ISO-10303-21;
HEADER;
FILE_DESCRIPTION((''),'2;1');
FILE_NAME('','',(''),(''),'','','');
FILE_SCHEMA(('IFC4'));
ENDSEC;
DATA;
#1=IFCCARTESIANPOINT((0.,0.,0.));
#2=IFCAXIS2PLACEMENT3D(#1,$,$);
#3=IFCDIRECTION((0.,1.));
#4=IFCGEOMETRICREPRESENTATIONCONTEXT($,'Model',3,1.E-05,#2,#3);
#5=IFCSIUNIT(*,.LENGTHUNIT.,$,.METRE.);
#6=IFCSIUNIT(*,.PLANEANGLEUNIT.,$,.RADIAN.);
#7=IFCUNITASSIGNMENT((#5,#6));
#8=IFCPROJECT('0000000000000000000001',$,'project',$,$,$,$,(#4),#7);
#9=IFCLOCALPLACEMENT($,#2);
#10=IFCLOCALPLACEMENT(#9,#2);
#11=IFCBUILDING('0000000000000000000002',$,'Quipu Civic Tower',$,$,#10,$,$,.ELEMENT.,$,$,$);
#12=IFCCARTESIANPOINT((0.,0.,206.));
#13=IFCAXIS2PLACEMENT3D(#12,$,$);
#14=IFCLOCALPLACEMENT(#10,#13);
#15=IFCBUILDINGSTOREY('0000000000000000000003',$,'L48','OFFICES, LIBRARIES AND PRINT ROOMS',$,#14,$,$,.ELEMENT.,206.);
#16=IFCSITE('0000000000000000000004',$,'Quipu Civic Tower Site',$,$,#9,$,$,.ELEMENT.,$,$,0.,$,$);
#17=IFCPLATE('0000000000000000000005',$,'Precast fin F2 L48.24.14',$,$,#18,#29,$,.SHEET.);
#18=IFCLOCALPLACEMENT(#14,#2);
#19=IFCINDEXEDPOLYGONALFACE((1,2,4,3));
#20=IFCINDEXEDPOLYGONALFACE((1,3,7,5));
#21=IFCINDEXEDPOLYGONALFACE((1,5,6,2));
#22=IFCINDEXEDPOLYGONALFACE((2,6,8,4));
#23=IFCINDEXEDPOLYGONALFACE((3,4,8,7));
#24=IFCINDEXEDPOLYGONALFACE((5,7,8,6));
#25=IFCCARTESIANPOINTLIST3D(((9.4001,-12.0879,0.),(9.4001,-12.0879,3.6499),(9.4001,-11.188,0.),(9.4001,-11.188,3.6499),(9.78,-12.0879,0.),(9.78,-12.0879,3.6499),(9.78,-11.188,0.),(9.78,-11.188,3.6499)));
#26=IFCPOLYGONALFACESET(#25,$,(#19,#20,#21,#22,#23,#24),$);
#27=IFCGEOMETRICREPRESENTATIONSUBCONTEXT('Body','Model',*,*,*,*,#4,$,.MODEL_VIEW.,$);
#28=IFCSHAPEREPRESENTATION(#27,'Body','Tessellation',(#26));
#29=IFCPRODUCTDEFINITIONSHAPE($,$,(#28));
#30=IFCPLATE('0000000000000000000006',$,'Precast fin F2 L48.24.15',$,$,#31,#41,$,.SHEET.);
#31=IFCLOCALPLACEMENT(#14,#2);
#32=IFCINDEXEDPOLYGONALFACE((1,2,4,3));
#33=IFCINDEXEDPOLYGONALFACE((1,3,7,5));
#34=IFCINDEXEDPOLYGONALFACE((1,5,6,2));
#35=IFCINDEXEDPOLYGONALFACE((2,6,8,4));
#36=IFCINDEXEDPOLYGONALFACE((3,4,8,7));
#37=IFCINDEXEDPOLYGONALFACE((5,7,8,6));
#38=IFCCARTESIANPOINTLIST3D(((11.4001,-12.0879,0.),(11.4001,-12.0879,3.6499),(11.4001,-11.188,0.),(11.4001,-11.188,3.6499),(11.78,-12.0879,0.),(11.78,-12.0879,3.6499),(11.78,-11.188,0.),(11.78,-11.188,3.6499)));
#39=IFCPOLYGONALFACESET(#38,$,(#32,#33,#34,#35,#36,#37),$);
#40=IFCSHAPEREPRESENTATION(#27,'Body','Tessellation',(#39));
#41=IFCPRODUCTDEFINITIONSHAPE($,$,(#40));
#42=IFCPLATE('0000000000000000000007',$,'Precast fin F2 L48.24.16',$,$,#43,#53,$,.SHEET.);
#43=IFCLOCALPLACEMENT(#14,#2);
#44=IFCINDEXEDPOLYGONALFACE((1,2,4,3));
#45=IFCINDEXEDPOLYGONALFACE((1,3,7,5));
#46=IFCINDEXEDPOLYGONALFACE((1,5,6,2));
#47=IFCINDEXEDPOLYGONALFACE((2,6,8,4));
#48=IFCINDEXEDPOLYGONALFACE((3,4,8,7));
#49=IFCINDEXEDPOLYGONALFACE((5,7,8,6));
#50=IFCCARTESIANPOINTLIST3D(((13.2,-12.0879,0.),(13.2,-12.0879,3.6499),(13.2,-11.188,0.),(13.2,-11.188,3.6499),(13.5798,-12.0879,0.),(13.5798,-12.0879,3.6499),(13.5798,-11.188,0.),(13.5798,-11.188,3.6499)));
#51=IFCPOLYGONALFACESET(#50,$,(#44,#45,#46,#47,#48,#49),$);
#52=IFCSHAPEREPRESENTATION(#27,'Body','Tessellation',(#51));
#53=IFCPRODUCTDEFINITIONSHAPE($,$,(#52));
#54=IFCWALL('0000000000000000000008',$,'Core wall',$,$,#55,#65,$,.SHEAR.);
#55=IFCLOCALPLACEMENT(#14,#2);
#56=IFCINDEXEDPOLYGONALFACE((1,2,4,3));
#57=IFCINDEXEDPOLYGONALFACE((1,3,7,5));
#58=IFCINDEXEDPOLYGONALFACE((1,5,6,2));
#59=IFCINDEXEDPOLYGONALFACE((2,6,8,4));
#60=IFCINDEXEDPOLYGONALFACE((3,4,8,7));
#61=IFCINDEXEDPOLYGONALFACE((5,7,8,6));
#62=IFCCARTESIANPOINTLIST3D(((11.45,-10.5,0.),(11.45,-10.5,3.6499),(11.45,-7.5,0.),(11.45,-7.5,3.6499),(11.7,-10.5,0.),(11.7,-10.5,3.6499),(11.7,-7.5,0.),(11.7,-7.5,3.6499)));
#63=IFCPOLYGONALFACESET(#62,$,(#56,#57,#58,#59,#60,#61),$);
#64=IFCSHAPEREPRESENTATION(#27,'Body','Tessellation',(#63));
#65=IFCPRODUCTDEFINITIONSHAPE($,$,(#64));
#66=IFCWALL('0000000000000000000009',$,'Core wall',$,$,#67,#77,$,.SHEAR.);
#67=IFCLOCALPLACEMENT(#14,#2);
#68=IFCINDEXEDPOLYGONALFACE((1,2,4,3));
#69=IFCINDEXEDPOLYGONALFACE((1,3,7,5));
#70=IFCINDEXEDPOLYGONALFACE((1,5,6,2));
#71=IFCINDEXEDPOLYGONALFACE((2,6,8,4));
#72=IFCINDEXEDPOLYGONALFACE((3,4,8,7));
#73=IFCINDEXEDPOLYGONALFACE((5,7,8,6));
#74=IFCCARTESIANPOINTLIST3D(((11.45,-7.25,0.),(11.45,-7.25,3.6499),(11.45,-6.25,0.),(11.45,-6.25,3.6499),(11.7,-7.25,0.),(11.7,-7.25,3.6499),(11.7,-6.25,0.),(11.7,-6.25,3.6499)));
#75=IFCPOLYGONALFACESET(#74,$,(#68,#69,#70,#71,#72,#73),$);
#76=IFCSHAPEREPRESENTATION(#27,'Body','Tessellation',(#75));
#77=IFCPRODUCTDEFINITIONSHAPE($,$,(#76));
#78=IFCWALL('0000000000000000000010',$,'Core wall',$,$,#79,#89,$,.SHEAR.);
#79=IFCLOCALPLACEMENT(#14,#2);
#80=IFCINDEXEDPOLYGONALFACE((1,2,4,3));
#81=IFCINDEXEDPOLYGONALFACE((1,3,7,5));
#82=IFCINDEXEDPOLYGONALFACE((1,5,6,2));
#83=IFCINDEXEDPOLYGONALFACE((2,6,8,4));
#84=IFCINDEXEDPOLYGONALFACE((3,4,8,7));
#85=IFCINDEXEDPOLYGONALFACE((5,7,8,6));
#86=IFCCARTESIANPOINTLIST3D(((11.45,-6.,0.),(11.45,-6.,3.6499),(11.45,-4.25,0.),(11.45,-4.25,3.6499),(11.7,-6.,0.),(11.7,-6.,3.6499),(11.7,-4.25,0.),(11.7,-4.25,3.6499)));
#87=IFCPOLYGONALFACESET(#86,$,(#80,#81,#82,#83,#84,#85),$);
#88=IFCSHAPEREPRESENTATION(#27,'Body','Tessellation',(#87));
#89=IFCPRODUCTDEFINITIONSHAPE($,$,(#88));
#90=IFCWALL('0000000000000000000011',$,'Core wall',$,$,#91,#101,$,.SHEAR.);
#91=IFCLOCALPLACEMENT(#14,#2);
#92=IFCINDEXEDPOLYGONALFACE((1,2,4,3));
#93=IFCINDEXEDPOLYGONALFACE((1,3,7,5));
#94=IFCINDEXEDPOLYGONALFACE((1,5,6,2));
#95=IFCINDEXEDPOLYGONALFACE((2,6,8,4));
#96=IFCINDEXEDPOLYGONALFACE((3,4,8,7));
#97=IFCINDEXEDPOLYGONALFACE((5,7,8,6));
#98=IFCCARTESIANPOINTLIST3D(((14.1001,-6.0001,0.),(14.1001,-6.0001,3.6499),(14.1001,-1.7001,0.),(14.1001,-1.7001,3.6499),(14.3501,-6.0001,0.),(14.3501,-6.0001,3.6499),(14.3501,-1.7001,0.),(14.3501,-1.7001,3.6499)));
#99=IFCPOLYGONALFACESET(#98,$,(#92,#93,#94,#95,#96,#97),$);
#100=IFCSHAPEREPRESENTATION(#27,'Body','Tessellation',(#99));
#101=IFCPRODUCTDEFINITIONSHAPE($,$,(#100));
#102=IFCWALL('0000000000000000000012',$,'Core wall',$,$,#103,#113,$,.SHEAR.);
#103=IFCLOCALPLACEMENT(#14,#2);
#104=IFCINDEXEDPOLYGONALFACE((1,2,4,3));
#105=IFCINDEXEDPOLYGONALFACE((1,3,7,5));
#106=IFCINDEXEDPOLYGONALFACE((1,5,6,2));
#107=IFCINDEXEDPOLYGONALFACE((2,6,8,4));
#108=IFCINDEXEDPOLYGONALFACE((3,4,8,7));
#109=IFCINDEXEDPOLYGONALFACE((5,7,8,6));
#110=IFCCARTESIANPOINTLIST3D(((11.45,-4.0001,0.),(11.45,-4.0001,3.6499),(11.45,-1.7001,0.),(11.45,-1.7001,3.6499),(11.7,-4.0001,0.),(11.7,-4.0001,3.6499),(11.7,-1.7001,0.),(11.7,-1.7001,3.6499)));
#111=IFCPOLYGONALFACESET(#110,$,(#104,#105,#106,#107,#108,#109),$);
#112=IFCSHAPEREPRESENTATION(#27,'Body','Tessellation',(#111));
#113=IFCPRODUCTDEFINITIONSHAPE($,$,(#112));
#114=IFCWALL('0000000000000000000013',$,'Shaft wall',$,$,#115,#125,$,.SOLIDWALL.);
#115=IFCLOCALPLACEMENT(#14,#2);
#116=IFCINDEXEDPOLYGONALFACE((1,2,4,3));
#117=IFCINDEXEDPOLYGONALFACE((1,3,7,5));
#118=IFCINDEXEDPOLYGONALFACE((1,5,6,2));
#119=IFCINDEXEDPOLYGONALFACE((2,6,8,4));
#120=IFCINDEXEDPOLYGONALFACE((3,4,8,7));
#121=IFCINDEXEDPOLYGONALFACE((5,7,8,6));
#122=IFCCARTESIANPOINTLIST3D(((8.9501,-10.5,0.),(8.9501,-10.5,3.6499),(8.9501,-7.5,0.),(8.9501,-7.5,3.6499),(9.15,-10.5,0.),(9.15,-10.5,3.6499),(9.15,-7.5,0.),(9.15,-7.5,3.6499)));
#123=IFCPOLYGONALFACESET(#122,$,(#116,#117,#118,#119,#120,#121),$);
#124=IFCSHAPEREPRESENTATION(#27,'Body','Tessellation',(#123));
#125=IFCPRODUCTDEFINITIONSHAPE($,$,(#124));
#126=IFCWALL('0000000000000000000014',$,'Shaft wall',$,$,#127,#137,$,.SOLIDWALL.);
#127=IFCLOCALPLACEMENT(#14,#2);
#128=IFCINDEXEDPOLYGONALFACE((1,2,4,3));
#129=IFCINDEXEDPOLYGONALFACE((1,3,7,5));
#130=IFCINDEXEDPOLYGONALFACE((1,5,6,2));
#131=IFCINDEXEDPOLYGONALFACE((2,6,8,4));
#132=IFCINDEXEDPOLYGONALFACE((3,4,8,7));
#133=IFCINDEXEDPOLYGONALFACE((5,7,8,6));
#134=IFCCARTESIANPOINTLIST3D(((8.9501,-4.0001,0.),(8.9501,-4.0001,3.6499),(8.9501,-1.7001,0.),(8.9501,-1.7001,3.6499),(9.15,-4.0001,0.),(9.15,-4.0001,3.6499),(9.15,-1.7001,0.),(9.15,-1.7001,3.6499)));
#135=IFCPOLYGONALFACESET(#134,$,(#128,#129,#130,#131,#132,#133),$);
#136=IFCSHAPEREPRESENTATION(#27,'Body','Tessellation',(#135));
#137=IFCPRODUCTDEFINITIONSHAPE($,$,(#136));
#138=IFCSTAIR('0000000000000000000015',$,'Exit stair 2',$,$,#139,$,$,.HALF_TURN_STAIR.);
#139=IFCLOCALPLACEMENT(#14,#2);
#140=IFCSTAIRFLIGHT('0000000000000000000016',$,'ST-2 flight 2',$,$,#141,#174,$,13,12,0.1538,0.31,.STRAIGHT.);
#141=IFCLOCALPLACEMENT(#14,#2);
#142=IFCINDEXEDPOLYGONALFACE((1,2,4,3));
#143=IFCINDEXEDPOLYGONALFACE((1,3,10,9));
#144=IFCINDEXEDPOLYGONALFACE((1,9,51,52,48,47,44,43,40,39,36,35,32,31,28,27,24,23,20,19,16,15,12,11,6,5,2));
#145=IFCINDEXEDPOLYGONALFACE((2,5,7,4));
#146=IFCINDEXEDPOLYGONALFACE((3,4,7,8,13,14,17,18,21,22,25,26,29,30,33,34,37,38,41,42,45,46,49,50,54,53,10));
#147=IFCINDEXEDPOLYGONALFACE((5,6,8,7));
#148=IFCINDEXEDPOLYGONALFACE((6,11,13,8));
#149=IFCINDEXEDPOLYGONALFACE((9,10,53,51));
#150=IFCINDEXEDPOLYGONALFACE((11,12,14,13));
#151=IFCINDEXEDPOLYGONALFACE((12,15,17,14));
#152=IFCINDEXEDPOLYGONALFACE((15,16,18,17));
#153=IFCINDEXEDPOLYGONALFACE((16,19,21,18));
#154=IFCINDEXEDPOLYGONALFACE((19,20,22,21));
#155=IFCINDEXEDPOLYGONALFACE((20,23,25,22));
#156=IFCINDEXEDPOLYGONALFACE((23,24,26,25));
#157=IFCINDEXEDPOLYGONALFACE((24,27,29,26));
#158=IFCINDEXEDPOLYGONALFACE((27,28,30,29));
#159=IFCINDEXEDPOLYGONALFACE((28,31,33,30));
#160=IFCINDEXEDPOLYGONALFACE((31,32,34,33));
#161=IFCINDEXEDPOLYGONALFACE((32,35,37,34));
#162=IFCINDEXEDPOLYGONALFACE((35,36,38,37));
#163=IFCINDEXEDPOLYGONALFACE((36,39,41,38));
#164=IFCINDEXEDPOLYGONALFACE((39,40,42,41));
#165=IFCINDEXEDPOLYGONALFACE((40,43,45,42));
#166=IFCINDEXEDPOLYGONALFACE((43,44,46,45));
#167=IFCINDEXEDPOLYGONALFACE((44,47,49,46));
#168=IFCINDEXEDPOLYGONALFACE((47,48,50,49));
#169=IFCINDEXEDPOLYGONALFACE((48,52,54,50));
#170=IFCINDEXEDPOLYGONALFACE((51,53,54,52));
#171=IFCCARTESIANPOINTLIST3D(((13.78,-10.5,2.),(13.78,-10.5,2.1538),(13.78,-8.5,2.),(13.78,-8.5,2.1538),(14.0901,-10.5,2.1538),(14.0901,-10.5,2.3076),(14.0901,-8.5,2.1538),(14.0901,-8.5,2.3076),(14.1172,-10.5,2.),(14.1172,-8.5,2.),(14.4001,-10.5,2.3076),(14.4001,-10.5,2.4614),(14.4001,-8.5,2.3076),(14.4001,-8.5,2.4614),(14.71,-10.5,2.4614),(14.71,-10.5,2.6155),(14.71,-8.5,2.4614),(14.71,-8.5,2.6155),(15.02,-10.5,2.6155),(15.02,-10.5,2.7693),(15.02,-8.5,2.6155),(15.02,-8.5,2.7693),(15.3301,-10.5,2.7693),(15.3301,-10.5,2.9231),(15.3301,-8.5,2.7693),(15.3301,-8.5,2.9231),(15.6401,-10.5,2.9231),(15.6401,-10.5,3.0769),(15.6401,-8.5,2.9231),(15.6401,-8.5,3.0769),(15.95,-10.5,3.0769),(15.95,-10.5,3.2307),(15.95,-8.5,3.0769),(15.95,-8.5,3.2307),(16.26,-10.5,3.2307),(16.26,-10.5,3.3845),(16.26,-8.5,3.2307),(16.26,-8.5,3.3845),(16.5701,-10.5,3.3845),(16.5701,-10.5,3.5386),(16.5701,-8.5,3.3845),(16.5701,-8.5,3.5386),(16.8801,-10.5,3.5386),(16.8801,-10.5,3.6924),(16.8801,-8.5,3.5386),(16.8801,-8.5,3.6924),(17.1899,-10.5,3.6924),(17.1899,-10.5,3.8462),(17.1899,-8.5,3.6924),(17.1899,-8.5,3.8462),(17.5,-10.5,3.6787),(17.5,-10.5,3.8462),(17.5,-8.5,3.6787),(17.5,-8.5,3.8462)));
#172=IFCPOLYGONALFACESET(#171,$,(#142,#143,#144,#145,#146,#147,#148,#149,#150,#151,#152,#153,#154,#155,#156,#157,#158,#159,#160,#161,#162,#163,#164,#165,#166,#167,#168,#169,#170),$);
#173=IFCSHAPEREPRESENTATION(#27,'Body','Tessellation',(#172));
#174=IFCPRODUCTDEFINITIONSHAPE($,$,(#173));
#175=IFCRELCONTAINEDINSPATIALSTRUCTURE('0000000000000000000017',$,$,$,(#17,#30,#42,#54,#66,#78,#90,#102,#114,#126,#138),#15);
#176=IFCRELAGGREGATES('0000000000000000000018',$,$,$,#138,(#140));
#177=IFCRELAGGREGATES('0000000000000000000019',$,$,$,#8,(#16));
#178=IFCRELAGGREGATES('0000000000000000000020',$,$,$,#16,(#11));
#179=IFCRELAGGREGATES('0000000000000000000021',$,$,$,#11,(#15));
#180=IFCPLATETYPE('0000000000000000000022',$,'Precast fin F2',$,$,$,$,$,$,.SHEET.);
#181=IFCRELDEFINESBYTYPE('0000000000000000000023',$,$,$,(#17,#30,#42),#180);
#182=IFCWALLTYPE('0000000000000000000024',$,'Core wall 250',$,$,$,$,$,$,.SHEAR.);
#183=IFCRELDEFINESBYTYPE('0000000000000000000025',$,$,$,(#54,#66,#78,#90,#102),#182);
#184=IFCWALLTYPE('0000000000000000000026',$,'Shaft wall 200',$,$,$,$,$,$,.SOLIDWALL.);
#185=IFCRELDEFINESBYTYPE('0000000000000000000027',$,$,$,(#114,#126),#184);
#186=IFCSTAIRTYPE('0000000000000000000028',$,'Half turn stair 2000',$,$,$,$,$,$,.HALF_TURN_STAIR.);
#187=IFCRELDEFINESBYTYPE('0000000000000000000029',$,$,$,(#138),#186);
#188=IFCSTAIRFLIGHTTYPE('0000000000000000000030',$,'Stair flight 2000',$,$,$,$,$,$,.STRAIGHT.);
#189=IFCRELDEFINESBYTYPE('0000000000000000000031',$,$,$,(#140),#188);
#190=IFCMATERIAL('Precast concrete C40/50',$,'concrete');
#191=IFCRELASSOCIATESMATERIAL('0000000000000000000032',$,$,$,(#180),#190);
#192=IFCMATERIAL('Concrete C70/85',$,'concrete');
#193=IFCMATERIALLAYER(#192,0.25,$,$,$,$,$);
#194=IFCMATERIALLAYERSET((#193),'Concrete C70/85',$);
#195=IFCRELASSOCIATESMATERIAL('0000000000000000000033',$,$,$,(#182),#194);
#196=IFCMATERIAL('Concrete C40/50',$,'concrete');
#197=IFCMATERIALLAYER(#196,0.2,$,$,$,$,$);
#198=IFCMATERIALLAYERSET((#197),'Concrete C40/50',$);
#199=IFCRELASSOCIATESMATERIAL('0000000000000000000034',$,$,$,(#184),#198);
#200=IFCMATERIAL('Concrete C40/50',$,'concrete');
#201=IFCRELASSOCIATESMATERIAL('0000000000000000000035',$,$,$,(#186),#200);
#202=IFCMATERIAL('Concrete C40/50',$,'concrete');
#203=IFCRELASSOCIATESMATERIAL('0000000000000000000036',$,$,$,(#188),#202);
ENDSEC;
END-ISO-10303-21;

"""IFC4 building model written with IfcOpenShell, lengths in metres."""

from ifc_helpers import new_model, si_unit, direction, frame, frame_2d, origin, origin_2d, place, context, subcontext, project, spatial, polyline, rectangle, outline, extrude, material, layer, layer_set, type_object, element, aggregate, save


model = new_model("IFC4")

# Units and contexts
model_context = context("Model", 3, precision=1e-05, world=origin(), true_north=direction((0.0, 1.0)))
body_context = subcontext(model_context, "Body", "Model", "MODEL_VIEW")
ifc_project = project(units=[si_unit("LENGTHUNIT", "METRE"), si_unit("PLANEANGLEUNIT", "RADIAN")], contexts=[model_context])

# Site, building, storey
site_placement = place(None, origin())
site = spatial("IfcSite", under=ifc_project, at=site_placement, Name="Quipu Civic Tower Site", CompositionType="ELEMENT", RefElevation=0.0)
building_placement = place(site_placement, origin())
building = spatial("IfcBuilding", under=site, at=building_placement, Name="Quipu Civic Tower", CompositionType="ELEMENT")
storey_placement = place(building_placement, frame((0.0, 0.0, 206.0)))
storey = spatial("IfcBuildingStorey", under=building, at=storey_placement, Name="L48", Description="OFFICES, LIBRARIES AND PRINT ROOMS", CompositionType="ELEMENT", Elevation=206.0)

# Plates
ifc_material_1 = material(Name="Precast concrete C40/50", Category="concrete")
plate_type = type_object("IfcPlateType", Name="Precast fin F2", PredefinedType="SHEET", material=ifc_material_1)
for number, where, z_axis, x_axis, name in (
    (1, (9.5901, -11.6379, 0.0), (0.0, 0.0, 1.0), (1.0, 0.0, 0.0), "Precast fin F2 L48.24.14"),
    (2, (11.5901, -11.6379, 0.0), (0.0, 0.0, 1.0), (1.0, 0.0, 0.0), "Precast fin F2 L48.24.15"),
    (3, (13.3899, -11.6379, 0.0), (0.0, 0.0, 1.0), (1.0, 0.0, 0.0), "Precast fin F2 L48.24.16"),
):
    element("IfcPlate", number, at=place(storey_placement, frame(where, z_axis=z_axis, x_axis=x_axis)), inside=storey, type_object=plate_type, Name=name, PredefinedType="SHEET", context=body_context, shape_type="SweptSolid", body=[
        extrude(rectangle(XDim=0.3799, YDim=0.8999, at=origin_2d()), origin(), (0.0, 0.0, 1.0), 3.6499),
    ])

# Wall
ifc_material_2 = material(Name="Concrete C70/85", Category="concrete")
ifc_layer_1 = layer(ifc_material_2, 0.25)
ifc_layer_set_1 = layer_set([ifc_layer_1], Name="Concrete C70/85")
wall_type_1 = type_object("IfcWallType", Name="Core wall 250", PredefinedType="SHEAR", material=ifc_layer_set_1)
wall_1_placement = place(storey_placement, frame((11.575, -10.5, 0.0), z_axis=(0.0, 0.0, 1.0), x_axis=(0.0, 1.0, 0.0)))
element("IfcWall", 4, at=wall_1_placement, inside=storey, type_object=wall_type_1, Name="Core wall", PredefinedType="SHEAR", context=body_context, shape_type="SweptSolid", body=[
    extrude(rectangle(XDim=3.0, YDim=0.25, at=frame_2d((1.5, 0.0))), origin(), (0.0, 0.0, 1.0), 3.6499),
])

# Walls
wall_2_placement = place(storey_placement, frame((11.575, -7.25, 0.0), z_axis=(0.0, 0.0, 1.0), x_axis=(0.0, 1.0, 0.0)))
element("IfcWall", 5, at=wall_2_placement, inside=storey, type_object=wall_type_1, Name="Core wall", PredefinedType="SHEAR", context=body_context, shape_type="SweptSolid", body=[
    extrude(rectangle(XDim=1.0, YDim=0.25, at=frame_2d((0.5, 0.0))), origin(), (0.0, 0.0, 1.0), 3.6499),
])
wall_3_placement = place(storey_placement, frame((11.575, -6.0, 0.0), z_axis=(0.0, 0.0, 1.0), x_axis=(0.0, 1.0, 0.0)))
element("IfcWall", 6, at=wall_3_placement, inside=storey, type_object=wall_type_1, Name="Core wall", PredefinedType="SHEAR", context=body_context, shape_type="SweptSolid", body=[
    extrude(rectangle(XDim=1.75, YDim=0.25, at=frame_2d((0.875, 0.0))), origin(), (0.0, 0.0, 1.0), 3.6499),
])
wall_4_placement = place(storey_placement, frame((14.2251, -6.0, 0.0), z_axis=(0.0, 0.0, 1.0), x_axis=(0.0, 1.0, 0.0)))
element("IfcWall", 7, at=wall_4_placement, inside=storey, type_object=wall_type_1, Name="Core wall", PredefinedType="SHEAR", context=body_context, shape_type="SweptSolid", body=[
    extrude(rectangle(XDim=4.3, YDim=0.25, at=frame_2d((2.1499, 0.0))), origin(), (0.0, 0.0, 1.0), 3.6499),
])
wall_5_placement = place(storey_placement, frame((11.575, -4.0, 0.0), z_axis=(0.0, 0.0, 1.0), x_axis=(0.0, 1.0, 0.0)))
element("IfcWall", 8, at=wall_5_placement, inside=storey, type_object=wall_type_1, Name="Core wall", PredefinedType="SHEAR", context=body_context, shape_type="SweptSolid", body=[
    extrude(rectangle(XDim=2.3, YDim=0.25, at=frame_2d((1.1499, 0.0))), origin(), (0.0, 0.0, 1.0), 3.6499),
])
ifc_material_3 = material(Name="Concrete C40/50", Category="concrete")
ifc_layer_2 = layer(ifc_material_3, 0.2)
ifc_layer_set_2 = layer_set([ifc_layer_2], Name="Concrete C40/50")
wall_type_2 = type_object("IfcWallType", Name="Shaft wall 200", PredefinedType="SOLIDWALL", material=ifc_layer_set_2)
wall_6_placement = place(storey_placement, frame((9.05, -10.5, 0.0), z_axis=(0.0, 0.0, 1.0), x_axis=(0.0, 1.0, 0.0)))
element("IfcWall", 9, at=wall_6_placement, inside=storey, type_object=wall_type_2, Name="Shaft wall", PredefinedType="SOLIDWALL", context=body_context, shape_type="SweptSolid", body=[
    extrude(rectangle(XDim=3.0, YDim=0.2, at=frame_2d((1.5, 0.0))), origin(), (0.0, 0.0, 1.0), 3.6499),
])
wall_7_placement = place(storey_placement, frame((9.05, -4.0, 0.0), z_axis=(0.0, 0.0, 1.0), x_axis=(0.0, 1.0, 0.0)))
element("IfcWall", 10, at=wall_7_placement, inside=storey, type_object=wall_type_2, Name="Shaft wall", PredefinedType="SOLIDWALL", context=body_context, shape_type="SweptSolid", body=[
    extrude(rectangle(XDim=2.3, YDim=0.2, at=frame_2d((1.1499, 0.0))), origin(), (0.0, 0.0, 1.0), 3.6499),
])

# Stair, stair flight
ifc_material_4 = material(Name="Concrete C40/50", Category="concrete")
stair_type = type_object("IfcStairType", Name="Half turn stair 2000", PredefinedType="HALF_TURN_STAIR", material=ifc_material_4)
stair_placement = place(storey_placement, origin())
stair = element("IfcStair", 11, at=stair_placement, inside=storey, type_object=stair_type, Name="Exit stair 2", PredefinedType="HALF_TURN_STAIR")
ifc_material_5 = material(Name="Concrete C40/50", Category="concrete")
stair_flight_type = type_object("IfcStairFlightType", Name="Stair flight 2000", PredefinedType="STRAIGHT", material=ifc_material_5)
stair_flight_placement = place(storey_placement, frame((13.78, -9.5, 2.0), z_axis=(0.0, 0.0, 1.0), x_axis=(1.0, 0.0, 0.0)))
stair_flight = element("IfcStairFlight", 12, at=stair_flight_placement, type_object=stair_flight_type, Name="ST-2 flight 2", NumberOfRisers=13, NumberOfTreads=12, PredefinedType="STRAIGHT", RiserHeight=0.1538, TreadLength=0.31, context=body_context, shape_type="SweptSolid", body=[
    extrude(outline(polyline([(0.0, 0.0), (0.0, 0.1538), (0.3101, 0.1538), (0.3101, 0.3076), (0.6201, 0.3076), (0.6201, 0.4614), (0.9299, 0.4614), (0.9299, 0.6155), (1.24, 0.6155), (1.24, 0.7693), (1.55, 0.7693), (1.55, 0.9231), (1.8601, 0.9231), (1.8601, 1.0769), (2.1699, 1.0769), (2.1699, 1.2307), (2.48, 1.2307), (2.48, 1.3845), (2.79, 1.3845), (2.79, 1.5386), (3.1001, 1.5386), (3.1001, 1.6924), (3.4099, 1.6924), (3.4099, 1.8462), (3.72, 1.8462), (3.72, 2.0), (3.72, 1.6787), (0.3372, 0.0), (0.0, 0.0)])), frame((0.0, 1.0, 0.0), z_axis=(0.0, -1.0, 0.0), x_axis=(1.0, 0.0, 0.0)), (0.0, 0.0, 1.0), 2.0),
])
aggregate(stair, [stair_flight])

save(model, "model.ifc")
